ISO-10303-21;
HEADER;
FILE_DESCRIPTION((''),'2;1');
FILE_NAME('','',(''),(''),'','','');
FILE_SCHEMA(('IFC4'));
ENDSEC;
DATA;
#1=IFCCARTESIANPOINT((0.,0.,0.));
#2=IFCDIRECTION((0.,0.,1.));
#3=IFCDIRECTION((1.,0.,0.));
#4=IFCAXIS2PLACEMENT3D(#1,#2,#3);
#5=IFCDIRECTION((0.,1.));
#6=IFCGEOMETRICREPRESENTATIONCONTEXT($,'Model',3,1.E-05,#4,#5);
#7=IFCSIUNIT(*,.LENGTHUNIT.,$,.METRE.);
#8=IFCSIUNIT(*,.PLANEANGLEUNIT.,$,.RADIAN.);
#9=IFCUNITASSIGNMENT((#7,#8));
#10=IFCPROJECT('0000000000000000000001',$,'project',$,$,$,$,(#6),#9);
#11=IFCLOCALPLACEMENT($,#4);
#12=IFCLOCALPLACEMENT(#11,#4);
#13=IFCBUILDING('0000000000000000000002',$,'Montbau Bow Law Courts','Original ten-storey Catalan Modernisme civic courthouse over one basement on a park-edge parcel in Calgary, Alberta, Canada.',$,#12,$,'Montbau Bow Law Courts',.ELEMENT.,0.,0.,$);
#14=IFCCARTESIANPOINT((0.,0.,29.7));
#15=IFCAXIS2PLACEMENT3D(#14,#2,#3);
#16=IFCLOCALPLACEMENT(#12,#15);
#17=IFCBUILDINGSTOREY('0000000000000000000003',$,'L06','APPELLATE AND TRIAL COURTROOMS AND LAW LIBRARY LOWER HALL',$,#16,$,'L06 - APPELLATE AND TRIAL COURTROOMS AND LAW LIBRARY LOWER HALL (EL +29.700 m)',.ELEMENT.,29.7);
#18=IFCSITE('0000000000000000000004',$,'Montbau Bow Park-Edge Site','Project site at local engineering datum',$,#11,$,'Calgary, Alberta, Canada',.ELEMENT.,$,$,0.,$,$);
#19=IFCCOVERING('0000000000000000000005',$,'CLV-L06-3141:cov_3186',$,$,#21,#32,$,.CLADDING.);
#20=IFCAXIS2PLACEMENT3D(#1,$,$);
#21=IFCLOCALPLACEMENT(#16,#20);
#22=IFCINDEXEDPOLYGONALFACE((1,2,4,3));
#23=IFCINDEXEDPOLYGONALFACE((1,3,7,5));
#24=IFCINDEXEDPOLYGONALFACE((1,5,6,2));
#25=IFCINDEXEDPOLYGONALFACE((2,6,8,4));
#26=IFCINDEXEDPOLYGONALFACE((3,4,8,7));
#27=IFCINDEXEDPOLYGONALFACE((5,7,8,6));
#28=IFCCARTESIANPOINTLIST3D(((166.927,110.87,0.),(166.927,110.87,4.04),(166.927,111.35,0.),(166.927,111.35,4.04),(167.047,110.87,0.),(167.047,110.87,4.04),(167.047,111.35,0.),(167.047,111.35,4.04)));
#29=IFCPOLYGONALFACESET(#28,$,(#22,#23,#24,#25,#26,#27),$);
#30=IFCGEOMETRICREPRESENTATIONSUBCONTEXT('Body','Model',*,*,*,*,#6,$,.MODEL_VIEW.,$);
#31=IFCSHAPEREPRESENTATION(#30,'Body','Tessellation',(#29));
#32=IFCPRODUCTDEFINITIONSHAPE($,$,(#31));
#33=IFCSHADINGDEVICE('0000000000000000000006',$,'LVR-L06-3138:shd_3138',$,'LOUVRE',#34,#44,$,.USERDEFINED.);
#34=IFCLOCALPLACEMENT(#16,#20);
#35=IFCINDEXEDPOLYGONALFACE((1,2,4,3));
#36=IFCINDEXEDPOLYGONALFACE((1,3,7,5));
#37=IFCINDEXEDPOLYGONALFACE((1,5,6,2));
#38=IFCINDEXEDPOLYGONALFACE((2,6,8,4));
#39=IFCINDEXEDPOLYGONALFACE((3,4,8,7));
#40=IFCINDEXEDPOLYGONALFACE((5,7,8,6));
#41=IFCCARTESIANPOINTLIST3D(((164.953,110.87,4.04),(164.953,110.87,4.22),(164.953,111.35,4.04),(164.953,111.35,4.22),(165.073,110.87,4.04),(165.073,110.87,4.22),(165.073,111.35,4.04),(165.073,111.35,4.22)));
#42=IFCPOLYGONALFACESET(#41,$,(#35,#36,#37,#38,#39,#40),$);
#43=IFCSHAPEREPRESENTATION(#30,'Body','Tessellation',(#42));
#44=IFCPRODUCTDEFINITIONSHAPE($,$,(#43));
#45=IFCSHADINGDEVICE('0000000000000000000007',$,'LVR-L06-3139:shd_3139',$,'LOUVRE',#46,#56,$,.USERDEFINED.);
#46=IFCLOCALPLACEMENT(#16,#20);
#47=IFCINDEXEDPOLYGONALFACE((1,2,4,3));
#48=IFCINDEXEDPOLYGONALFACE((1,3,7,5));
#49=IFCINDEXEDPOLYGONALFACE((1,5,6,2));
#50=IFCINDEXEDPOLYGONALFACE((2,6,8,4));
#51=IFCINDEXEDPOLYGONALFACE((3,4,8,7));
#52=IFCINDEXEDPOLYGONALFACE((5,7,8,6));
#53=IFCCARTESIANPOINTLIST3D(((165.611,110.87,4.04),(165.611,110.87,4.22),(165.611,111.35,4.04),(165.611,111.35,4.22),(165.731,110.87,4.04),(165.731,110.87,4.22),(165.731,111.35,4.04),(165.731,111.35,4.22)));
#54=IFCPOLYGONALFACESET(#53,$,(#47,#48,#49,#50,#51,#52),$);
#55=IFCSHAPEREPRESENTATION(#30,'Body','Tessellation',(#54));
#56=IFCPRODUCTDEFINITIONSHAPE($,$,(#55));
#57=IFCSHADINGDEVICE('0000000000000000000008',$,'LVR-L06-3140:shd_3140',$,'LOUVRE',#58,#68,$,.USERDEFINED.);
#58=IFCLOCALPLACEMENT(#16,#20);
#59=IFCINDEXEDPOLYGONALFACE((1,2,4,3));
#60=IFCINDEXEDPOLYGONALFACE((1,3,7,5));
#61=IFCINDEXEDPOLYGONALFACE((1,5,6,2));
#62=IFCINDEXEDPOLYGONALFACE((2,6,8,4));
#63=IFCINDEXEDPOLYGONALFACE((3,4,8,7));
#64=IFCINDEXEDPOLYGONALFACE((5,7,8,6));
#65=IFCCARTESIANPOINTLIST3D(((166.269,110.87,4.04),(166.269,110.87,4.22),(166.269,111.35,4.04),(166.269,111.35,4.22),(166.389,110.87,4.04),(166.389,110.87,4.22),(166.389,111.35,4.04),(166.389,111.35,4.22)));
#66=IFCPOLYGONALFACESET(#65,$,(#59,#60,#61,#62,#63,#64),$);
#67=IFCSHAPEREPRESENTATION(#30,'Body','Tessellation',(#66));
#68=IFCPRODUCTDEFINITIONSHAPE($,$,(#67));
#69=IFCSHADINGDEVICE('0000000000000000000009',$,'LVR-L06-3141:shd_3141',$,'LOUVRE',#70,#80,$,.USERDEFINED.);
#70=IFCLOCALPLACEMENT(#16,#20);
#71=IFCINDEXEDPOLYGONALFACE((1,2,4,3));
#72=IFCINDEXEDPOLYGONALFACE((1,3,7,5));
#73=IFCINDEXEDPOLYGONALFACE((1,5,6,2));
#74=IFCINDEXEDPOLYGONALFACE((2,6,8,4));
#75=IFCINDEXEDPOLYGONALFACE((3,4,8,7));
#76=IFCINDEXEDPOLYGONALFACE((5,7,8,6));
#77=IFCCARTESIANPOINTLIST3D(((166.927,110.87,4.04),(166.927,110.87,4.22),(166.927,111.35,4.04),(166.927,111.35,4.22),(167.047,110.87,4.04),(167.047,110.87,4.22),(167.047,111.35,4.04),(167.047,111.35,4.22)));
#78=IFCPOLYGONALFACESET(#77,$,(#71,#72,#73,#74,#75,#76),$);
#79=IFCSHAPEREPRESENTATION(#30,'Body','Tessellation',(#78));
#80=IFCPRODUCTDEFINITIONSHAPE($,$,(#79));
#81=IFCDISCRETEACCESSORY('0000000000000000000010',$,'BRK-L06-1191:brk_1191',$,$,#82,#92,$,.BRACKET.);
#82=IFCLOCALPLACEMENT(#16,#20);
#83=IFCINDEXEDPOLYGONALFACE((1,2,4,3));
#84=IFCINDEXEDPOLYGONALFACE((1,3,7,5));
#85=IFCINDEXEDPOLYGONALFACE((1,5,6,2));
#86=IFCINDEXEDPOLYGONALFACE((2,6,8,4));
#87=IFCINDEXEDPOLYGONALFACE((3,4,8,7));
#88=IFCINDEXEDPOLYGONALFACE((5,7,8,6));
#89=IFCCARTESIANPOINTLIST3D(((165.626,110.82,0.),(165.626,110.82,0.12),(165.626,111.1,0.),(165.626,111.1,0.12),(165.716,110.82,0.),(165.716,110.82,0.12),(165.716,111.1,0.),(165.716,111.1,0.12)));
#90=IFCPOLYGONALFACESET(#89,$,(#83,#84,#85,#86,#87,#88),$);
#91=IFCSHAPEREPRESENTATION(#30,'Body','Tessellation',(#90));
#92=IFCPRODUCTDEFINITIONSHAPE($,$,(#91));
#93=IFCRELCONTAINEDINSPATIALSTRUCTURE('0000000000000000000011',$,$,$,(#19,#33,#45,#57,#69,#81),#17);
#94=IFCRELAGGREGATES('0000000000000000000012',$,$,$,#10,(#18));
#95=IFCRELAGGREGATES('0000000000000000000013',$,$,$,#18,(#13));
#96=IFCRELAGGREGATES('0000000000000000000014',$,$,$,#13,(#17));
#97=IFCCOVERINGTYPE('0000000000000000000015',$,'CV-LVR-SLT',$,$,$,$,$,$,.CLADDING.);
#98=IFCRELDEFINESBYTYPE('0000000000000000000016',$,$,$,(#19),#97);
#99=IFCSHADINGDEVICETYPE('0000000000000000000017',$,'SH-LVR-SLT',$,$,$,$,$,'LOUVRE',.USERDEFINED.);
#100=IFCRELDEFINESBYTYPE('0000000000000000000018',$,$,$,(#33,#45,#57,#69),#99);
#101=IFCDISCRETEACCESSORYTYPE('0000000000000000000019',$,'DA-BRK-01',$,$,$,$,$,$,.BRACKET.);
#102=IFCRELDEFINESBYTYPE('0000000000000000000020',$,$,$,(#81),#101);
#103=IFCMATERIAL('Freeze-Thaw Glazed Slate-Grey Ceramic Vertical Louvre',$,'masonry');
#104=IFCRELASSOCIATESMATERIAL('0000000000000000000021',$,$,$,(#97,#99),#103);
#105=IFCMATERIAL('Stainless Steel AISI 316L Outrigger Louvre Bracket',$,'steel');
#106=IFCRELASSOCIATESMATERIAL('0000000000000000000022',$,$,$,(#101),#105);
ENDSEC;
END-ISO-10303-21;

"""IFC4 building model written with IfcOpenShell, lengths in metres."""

from ifc_helpers import new_model, si_unit, direction, frame, frame_2d, origin_with_axes, origin_2d_with_axis, place, context, subcontext, project, spatial, rectangle, extrude, material, type_object, element, save


model = new_model("IFC4")

# Units and contexts
model_context = context("Model", 3, precision=1e-05, world=origin_with_axes(), true_north=direction((0.0, 1.0)))
body_context = subcontext(model_context, "Body", "Model", "MODEL_VIEW")
ifc_project = project(units=[si_unit("LENGTHUNIT", "METRE"), si_unit("PLANEANGLEUNIT", "RADIAN")], contexts=[model_context])

# Site, building, storey
site_placement = place(None, origin_with_axes())
site = spatial("IfcSite", under=ifc_project, at=site_placement, Name="Montbau Bow Park-Edge Site", Description="Project site at local engineering datum", LongName="Calgary, Alberta, Canada", CompositionType="ELEMENT", RefElevation=0.0)
building_placement = place(site_placement, origin_with_axes())
building = spatial("IfcBuilding", under=site, at=building_placement, Name="Montbau Bow Law Courts", Description="Original ten-storey Catalan Modernisme civic courthouse over one basement on a park-edge parcel in Calgary, Alberta, Canada.", LongName="Montbau Bow Law Courts", CompositionType="ELEMENT", ElevationOfRefHeight=0.0, ElevationOfTerrain=0.0)
storey_placement = place(building_placement, frame((0.0, 0.0, 29.7), z_axis=(0.0, 0.0, 1.0), x_axis=(1.0, 0.0, 0.0)))
storey = spatial("IfcBuildingStorey", under=building, at=storey_placement, Name="L06", Description="APPELLATE AND TRIAL COURTROOMS AND LAW LIBRARY LOWER HALL", LongName="L06 - APPELLATE AND TRIAL COURTROOMS AND LAW LIBRARY LOWER HALL (EL +29.700 m)", CompositionType="ELEMENT", Elevation=29.7)

# Covering
ifc_material_1 = material(Name="Freeze-Thaw Glazed Slate-Grey Ceramic Vertical Louvre", Category="masonry")
covering_type = type_object("IfcCoveringType", Name="CV-LVR-SLT", PredefinedType="CLADDING", material=ifc_material_1)
for number, where, z_axis, x_axis, name in (
    (1, (166.987, 110.87, 29.7), (1.0, 0.0, 0.0), (0.0, 1.0, 0.0), "CLV-L06-3141:cov_3186"),
):
    element("IfcCovering", number, at=place(None, frame(where, z_axis=z_axis, x_axis=x_axis)), inside=storey, type_object=covering_type, Name=name, PredefinedType="CLADDING", context=body_context, shape_type="SweptSolid", body=[
        extrude(rectangle(XDim=0.48, YDim=4.04, at=frame_2d((0.24, 2.02), x_axis=(1.0, 0.0))), frame((0.0, 0.0, -0.06), z_axis=(0.0, 0.0, 1.0), x_axis=(1.0, 0.0, 0.0)), (0.0, 0.0, 1.0), 0.12),
    ])

# Shading devices
shading_device_type = type_object("IfcShadingDeviceType", Name="SH-LVR-SLT", ElementType="LOUVRE", PredefinedType="USERDEFINED", material=ifc_material_1)
for number, where, z_axis, x_axis, name in (
    (2, (165.013, 111.11, 33.74), (0.0, 0.0, 1.0), (0.0, 1.0, 0.0), "LVR-L06-3138:shd_3138"),
    (3, (165.671, 111.11, 33.74), (0.0, 0.0, 1.0), (0.0, 1.0, 0.0), "LVR-L06-3139:shd_3139"),
    (4, (166.329, 111.11, 33.74), (0.0, 0.0, 1.0), (0.0, 1.0, 0.0), "LVR-L06-3140:shd_3140"),
    (5, (166.987, 111.11, 33.74), (0.0, 0.0, 1.0), (0.0, 1.0, 0.0), "LVR-L06-3141:shd_3141"),
):
    element("IfcShadingDevice", number, at=place(None, frame(where, z_axis=z_axis, x_axis=x_axis)), inside=storey, type_object=shading_device_type, Name=name, ObjectType="LOUVRE", PredefinedType="USERDEFINED", context=body_context, shape_type="SweptSolid", body=[
        extrude(rectangle(XDim=0.48, YDim=0.12, at=origin_2d_with_axis()), origin_with_axes(), (0.0, 0.0, 1.0), 0.18),
    ])

# Discrete accessory
ifc_material_2 = material(Name="Stainless Steel AISI 316L Outrigger Louvre Bracket", Category="steel")
discrete_accessory_type = type_object("IfcDiscreteAccessoryType", Name="DA-BRK-01", PredefinedType="BRACKET", material=ifc_material_2)
discrete_accessory_placement = place(None, frame((165.671, 110.96, 29.7), z_axis=(0.0, 0.0, 1.0), x_axis=(0.0, 1.0, 0.0)))
element("IfcDiscreteAccessory", 6, at=discrete_accessory_placement, inside=storey, type_object=discrete_accessory_type, Name="BRK-L06-1191:brk_1191", PredefinedType="BRACKET", context=body_context, shape_type="SweptSolid", body=[
    extrude(rectangle(XDim=0.28, YDim=0.09, at=origin_2d_with_axis()), origin_with_axes(), (0.0, 0.0, 1.0), 0.12),
])

save(model, "model.ifc")
